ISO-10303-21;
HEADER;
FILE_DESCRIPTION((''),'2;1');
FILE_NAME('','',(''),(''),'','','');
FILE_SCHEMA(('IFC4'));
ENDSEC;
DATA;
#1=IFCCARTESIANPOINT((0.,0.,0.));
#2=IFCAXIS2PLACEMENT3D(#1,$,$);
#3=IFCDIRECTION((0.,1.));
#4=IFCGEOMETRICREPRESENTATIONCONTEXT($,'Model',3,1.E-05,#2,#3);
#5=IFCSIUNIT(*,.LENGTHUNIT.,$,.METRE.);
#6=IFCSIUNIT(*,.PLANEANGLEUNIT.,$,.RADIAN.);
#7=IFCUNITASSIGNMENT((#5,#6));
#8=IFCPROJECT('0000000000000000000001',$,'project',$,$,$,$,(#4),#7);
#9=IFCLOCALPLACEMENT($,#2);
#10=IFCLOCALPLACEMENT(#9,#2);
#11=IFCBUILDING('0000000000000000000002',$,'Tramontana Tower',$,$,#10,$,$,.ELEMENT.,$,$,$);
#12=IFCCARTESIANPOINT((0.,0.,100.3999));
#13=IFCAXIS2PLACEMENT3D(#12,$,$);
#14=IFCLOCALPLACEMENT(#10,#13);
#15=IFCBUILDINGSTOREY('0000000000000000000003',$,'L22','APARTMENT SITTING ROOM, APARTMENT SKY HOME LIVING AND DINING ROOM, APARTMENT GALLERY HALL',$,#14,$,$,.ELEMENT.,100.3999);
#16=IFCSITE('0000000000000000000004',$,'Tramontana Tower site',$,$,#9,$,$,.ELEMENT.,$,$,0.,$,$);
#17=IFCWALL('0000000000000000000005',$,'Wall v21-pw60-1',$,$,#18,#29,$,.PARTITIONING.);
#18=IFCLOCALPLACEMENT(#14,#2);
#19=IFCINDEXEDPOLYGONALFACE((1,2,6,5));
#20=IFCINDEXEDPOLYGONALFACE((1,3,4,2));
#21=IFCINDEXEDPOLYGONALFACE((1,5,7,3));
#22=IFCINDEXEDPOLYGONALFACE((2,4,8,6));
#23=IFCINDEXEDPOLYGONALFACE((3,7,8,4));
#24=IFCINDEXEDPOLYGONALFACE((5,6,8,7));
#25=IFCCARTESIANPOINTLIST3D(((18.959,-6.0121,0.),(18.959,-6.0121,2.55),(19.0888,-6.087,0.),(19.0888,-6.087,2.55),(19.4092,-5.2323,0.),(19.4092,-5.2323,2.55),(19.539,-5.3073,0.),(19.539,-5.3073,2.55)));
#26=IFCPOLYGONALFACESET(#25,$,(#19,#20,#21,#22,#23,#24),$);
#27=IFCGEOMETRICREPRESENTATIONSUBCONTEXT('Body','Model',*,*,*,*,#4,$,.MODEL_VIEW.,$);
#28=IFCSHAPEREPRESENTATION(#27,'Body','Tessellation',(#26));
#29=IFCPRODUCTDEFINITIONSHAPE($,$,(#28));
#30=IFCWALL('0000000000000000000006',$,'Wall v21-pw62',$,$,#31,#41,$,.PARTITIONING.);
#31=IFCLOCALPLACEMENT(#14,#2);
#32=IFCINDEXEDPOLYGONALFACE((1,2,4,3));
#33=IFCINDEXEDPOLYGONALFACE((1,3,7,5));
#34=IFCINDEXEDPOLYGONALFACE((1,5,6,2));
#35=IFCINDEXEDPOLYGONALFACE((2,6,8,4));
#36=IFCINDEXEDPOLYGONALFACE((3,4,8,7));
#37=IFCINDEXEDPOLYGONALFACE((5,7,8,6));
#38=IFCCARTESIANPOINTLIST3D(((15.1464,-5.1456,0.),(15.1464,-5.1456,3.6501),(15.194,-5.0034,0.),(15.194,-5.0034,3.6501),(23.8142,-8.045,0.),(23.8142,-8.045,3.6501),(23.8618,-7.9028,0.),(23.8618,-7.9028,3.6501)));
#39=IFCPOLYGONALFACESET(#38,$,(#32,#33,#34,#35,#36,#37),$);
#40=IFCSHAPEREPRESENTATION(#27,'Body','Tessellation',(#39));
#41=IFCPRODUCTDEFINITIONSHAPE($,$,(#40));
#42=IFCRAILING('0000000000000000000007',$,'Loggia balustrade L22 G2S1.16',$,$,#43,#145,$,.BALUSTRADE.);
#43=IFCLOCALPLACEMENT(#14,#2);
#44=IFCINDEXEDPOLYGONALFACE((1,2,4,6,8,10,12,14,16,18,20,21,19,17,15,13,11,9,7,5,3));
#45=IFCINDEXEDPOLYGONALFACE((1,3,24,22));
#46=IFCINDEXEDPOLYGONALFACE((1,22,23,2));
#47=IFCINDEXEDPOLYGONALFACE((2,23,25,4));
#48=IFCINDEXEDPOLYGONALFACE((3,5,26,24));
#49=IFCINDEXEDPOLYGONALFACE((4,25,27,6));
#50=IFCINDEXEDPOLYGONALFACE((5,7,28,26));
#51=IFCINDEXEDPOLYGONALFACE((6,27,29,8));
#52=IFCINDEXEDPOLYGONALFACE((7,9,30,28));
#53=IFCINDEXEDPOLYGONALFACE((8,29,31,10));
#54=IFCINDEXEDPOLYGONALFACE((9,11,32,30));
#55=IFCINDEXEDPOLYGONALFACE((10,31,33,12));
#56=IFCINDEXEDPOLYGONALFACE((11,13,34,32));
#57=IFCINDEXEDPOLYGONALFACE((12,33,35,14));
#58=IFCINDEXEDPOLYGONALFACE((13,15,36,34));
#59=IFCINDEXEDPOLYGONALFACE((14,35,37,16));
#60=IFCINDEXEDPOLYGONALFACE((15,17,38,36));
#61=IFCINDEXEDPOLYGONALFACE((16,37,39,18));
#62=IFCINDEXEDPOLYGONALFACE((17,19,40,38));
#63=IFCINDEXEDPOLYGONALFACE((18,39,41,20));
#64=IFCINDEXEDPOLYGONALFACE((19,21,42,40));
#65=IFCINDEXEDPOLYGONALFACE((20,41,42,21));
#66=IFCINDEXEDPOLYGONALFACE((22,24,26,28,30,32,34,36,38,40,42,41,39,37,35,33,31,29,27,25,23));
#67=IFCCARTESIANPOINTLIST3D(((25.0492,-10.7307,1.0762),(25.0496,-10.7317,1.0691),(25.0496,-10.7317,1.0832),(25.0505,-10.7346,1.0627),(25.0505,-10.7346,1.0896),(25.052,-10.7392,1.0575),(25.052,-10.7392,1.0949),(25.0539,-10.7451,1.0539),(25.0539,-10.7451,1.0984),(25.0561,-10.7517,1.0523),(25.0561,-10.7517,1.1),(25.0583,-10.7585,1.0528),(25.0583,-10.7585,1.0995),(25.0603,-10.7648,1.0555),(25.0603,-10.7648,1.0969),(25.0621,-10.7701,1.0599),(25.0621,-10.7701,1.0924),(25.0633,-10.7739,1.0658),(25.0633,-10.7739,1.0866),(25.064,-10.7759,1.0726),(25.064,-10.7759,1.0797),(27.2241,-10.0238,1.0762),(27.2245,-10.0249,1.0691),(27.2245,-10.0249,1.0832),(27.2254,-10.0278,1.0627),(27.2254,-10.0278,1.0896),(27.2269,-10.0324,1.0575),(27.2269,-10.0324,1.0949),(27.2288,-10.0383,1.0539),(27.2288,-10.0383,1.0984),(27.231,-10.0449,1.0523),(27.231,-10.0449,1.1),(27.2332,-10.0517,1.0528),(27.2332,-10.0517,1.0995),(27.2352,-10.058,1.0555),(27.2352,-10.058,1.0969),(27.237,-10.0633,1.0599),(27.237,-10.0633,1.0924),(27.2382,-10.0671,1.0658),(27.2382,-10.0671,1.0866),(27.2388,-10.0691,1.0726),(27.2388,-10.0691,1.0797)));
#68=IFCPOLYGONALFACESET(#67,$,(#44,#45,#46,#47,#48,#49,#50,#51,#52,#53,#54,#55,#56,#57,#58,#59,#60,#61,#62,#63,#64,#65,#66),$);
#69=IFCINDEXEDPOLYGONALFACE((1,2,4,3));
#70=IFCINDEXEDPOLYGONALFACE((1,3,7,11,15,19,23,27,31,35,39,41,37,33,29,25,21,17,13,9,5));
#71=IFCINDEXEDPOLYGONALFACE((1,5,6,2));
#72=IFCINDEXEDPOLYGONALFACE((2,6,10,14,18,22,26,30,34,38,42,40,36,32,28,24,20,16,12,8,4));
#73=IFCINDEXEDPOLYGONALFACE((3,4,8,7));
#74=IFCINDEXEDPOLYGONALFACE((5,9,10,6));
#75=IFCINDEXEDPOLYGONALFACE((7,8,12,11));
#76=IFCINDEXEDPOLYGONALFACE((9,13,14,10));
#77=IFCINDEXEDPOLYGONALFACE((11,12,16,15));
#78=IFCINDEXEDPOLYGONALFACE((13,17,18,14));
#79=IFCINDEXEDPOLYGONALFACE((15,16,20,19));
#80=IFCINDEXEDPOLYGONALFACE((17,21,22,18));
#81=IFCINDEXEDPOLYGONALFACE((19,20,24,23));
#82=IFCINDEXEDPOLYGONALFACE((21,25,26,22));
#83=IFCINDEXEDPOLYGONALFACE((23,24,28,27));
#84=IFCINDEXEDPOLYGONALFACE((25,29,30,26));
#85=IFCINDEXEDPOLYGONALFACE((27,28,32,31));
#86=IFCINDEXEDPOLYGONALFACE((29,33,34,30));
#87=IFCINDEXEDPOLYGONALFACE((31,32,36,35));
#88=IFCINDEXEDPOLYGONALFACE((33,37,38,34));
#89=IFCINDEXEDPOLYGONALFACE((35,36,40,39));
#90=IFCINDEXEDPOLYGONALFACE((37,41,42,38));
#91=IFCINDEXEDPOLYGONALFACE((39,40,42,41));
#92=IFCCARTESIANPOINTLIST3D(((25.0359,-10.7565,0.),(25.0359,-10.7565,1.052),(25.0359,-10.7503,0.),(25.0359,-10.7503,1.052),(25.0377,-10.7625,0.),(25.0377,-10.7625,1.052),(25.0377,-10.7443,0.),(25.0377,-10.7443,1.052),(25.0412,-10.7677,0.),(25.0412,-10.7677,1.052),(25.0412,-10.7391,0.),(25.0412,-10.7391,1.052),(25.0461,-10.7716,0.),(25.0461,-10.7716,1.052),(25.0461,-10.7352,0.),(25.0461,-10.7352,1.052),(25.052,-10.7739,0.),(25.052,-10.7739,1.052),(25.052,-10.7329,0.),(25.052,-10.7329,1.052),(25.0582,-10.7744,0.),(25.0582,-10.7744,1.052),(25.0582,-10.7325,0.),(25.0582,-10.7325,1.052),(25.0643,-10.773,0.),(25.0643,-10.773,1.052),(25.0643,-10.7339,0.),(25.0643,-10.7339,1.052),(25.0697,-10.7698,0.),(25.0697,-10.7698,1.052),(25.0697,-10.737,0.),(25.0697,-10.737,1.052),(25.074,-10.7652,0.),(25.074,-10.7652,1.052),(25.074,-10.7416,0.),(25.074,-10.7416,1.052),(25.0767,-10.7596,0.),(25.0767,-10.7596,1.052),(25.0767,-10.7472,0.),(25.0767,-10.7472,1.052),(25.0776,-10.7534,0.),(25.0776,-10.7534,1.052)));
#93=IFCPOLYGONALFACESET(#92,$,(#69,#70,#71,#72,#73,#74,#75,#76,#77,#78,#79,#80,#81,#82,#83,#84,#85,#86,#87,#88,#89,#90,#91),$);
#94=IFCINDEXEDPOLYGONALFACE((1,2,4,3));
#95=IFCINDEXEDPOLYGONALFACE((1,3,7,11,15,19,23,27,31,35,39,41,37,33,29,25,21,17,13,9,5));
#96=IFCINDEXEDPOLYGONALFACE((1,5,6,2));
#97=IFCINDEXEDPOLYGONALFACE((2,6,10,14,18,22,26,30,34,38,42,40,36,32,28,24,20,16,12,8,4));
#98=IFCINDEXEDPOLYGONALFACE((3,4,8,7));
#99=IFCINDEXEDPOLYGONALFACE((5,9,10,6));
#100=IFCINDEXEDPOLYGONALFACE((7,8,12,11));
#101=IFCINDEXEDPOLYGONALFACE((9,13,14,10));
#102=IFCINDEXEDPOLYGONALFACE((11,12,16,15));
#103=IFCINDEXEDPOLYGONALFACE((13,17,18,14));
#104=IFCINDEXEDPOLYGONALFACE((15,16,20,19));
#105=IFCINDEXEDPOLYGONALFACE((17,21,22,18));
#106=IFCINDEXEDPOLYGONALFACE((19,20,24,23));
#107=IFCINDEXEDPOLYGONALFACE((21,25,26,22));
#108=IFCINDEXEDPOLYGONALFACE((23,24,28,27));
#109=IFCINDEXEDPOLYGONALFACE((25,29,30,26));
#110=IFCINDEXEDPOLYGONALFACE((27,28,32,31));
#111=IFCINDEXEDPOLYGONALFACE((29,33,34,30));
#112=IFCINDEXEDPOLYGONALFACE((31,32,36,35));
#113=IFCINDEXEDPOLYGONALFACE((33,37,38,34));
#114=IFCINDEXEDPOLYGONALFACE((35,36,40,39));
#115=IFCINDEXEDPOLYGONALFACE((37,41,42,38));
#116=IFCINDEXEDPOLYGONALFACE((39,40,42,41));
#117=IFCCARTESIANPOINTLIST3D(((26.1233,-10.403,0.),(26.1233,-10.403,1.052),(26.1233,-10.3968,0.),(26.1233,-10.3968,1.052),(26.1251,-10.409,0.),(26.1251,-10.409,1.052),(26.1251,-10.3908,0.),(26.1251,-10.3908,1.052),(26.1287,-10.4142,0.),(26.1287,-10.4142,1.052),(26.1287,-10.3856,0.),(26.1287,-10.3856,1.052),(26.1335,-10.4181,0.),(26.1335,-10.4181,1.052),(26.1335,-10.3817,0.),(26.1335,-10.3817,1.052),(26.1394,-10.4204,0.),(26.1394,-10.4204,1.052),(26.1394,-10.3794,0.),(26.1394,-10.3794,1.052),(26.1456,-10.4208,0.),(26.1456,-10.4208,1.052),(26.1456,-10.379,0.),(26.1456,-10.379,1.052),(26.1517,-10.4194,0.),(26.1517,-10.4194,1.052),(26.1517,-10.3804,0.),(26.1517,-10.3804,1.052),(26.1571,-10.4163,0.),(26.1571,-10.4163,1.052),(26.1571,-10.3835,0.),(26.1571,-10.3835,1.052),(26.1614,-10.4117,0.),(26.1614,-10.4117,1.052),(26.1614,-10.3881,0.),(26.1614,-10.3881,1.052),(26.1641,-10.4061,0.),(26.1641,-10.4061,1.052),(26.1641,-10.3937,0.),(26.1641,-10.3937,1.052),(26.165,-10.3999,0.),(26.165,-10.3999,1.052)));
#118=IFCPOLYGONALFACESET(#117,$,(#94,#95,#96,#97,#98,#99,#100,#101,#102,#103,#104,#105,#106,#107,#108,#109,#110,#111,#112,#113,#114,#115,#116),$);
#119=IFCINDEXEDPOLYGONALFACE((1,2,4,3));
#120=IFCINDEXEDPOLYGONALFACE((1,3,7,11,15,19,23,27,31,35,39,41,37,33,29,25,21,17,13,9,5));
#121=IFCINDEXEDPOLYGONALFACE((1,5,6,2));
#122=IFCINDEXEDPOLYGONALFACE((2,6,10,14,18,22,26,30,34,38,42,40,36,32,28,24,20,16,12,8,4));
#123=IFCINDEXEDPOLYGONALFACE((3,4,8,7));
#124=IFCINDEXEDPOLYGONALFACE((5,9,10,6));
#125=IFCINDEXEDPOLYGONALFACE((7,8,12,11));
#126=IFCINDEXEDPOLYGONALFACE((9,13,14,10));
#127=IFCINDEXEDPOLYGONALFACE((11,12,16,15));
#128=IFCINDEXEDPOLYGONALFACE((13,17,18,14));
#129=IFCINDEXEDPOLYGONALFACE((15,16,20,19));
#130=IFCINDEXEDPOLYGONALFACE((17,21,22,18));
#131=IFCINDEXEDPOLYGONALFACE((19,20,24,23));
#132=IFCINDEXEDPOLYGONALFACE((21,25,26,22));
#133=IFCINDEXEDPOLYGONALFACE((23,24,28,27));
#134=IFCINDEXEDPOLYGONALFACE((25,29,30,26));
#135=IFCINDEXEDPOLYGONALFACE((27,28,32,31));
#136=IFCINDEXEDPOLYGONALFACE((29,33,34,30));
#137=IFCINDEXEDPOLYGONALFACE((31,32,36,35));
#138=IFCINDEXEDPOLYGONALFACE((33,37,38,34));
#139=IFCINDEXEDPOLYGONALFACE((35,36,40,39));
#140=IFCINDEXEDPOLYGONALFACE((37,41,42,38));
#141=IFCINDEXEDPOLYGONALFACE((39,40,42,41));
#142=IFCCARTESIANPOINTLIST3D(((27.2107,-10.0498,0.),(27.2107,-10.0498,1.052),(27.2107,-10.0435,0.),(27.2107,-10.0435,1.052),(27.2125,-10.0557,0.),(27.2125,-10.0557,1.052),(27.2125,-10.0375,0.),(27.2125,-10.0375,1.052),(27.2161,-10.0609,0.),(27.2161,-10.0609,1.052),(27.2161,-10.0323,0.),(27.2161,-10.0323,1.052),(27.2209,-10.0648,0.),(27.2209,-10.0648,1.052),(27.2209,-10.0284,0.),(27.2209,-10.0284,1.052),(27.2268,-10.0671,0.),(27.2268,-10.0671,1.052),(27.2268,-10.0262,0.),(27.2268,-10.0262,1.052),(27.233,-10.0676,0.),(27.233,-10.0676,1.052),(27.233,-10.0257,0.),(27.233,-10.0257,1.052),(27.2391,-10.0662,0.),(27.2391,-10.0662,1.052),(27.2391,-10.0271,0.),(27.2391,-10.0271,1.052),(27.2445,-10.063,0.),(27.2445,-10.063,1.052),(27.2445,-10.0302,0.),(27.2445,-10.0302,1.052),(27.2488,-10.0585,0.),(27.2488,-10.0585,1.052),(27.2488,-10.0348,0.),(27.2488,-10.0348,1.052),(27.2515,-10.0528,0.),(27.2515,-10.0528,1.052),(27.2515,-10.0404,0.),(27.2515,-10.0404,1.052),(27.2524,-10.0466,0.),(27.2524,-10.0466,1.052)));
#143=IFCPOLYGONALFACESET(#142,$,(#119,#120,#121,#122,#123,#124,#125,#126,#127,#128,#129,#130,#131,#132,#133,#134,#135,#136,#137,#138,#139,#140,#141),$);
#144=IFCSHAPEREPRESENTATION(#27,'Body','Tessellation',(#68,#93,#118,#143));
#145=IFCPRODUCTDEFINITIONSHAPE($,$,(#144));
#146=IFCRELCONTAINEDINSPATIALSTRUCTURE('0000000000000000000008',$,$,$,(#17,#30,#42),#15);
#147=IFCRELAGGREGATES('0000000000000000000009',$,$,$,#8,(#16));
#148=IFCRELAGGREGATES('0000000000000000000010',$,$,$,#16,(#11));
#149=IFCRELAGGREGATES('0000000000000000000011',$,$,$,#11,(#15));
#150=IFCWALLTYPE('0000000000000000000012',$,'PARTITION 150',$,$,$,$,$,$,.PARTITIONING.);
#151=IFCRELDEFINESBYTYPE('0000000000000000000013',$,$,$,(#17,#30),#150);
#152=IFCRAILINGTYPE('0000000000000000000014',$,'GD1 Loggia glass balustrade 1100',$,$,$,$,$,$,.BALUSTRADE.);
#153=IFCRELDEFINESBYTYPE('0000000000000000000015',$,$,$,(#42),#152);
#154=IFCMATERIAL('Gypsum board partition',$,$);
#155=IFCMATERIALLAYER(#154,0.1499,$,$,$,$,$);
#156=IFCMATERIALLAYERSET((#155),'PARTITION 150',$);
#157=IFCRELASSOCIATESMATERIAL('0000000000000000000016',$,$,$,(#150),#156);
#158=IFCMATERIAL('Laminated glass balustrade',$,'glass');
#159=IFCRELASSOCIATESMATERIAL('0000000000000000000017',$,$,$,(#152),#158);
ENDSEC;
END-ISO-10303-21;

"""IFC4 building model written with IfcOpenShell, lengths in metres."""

from ifc_helpers import new_model, si_unit, direction, frame, frame_2d, origin, origin_2d, place, context, subcontext, project, spatial, rectangle, circle, extrude, material, layer, layer_set, type_object, element, save


model = new_model("IFC4")

# Units and contexts
model_context = context("Model", 3, precision=1e-05, world=origin(), true_north=direction((0.0, 1.0)))
body_context = subcontext(model_context, "Body", "Model", "MODEL_VIEW")
ifc_project = project(units=[si_unit("LENGTHUNIT", "METRE"), si_unit("PLANEANGLEUNIT", "RADIAN")], contexts=[model_context])

# Site, building, storey
site_placement = place(None, origin())
site = spatial("IfcSite", under=ifc_project, at=site_placement, Name="Tramontana Tower site", CompositionType="ELEMENT", RefElevation=0.0)
building_placement = place(site_placement, origin())
building = spatial("IfcBuilding", under=site, at=building_placement, Name="Tramontana Tower", CompositionType="ELEMENT")
storey_placement = place(building_placement, frame((0.0, 0.0, 100.3999)))
storey = spatial("IfcBuildingStorey", under=building, at=storey_placement, Name="L22", Description="APARTMENT SITTING ROOM, APARTMENT SKY HOME LIVING AND DINING ROOM, APARTMENT GALLERY HALL", CompositionType="ELEMENT", Elevation=100.3999)

# Walls
ifc_material_1 = material(Name="Gypsum board partition")
ifc_layer_1 = layer(ifc_material_1, 0.1499)
ifc_layer_set_1 = layer_set([ifc_layer_1], Name="PARTITION 150")
wall_type_1 = type_object("IfcWallType", Name="PARTITION 150", PredefinedType="PARTITIONING", material=ifc_layer_set_1)
wall_1_placement = place(storey_placement, frame((19.4741, -5.2698, 0.0), z_axis=(0.0, 0.0, 1.0), x_axis=(-0.499988, -0.866032, 0.0)))
element("IfcWall", 1, at=wall_1_placement, inside=storey, type_object=wall_type_1, Name="Wall v21-pw60-1", PredefinedType="PARTITIONING", context=body_context, shape_type="SweptSolid", body=[
    extrude(rectangle(XDim=0.9004, YDim=0.1499, at=frame_2d((0.4502, 0.0))), origin(), (0.0, 0.0, 1.0), 2.55),
])
wall_2_placement = place(storey_placement, frame((23.8379, -7.9739, 0.0), z_axis=(0.0, 0.0, 1.0), x_axis=(-0.948349, 0.317229, 0.0)))
element("IfcWall", 2, at=wall_2_placement, inside=storey, type_object=wall_type_1, Name="Wall v21-pw62", PredefinedType="PARTITIONING", context=body_context, shape_type="SweptSolid", body=[
    extrude(rectangle(XDim=9.1399, YDim=0.1499, at=frame_2d((4.5698, 0.0))), origin(), (0.0, 0.0, 1.0), 3.6501),
])

# Railing
ifc_material_2 = material(Name="Laminated glass balustrade", Category="glass")
railing_type = type_object("IfcRailingType", Name="GD1 Loggia glass balustrade 1100", PredefinedType="BALUSTRADE", material=ifc_material_2)
railing_1_placement = place(storey_placement, frame((25.0566, -10.7534, 0.0)))
element("IfcRailing", 3, at=railing_1_placement, inside=storey, type_object=railing_type, Name="Loggia balustrade L22 G2S1.16", PredefinedType="BALUSTRADE", context=body_context, shape_type="SweptSolid", body=[
    extrude(circle(Radius=0.0239, at=origin_2d()), frame((0.0, 0.0, 1.0762), z_axis=(0.951037, 0.309076, 0.0), x_axis=(-0.309076, 0.951037, 0.0)), (0.0, 0.0, 1.0), 2.2869),
    extrude(circle(Radius=0.021, at=origin_2d()), origin(), (0.0, 0.0, 1.0), 1.052),
    extrude(circle(Radius=0.021, at=origin_2d()), frame((1.0874, 0.3535, 0.0)), (0.0, 0.0, 1.0), 1.052),
    extrude(circle(Radius=0.021, at=origin_2d()), frame((2.1748, 0.7068, 0.0)), (0.0, 0.0, 1.0), 1.052),
])

save(model, "model.ifc")
